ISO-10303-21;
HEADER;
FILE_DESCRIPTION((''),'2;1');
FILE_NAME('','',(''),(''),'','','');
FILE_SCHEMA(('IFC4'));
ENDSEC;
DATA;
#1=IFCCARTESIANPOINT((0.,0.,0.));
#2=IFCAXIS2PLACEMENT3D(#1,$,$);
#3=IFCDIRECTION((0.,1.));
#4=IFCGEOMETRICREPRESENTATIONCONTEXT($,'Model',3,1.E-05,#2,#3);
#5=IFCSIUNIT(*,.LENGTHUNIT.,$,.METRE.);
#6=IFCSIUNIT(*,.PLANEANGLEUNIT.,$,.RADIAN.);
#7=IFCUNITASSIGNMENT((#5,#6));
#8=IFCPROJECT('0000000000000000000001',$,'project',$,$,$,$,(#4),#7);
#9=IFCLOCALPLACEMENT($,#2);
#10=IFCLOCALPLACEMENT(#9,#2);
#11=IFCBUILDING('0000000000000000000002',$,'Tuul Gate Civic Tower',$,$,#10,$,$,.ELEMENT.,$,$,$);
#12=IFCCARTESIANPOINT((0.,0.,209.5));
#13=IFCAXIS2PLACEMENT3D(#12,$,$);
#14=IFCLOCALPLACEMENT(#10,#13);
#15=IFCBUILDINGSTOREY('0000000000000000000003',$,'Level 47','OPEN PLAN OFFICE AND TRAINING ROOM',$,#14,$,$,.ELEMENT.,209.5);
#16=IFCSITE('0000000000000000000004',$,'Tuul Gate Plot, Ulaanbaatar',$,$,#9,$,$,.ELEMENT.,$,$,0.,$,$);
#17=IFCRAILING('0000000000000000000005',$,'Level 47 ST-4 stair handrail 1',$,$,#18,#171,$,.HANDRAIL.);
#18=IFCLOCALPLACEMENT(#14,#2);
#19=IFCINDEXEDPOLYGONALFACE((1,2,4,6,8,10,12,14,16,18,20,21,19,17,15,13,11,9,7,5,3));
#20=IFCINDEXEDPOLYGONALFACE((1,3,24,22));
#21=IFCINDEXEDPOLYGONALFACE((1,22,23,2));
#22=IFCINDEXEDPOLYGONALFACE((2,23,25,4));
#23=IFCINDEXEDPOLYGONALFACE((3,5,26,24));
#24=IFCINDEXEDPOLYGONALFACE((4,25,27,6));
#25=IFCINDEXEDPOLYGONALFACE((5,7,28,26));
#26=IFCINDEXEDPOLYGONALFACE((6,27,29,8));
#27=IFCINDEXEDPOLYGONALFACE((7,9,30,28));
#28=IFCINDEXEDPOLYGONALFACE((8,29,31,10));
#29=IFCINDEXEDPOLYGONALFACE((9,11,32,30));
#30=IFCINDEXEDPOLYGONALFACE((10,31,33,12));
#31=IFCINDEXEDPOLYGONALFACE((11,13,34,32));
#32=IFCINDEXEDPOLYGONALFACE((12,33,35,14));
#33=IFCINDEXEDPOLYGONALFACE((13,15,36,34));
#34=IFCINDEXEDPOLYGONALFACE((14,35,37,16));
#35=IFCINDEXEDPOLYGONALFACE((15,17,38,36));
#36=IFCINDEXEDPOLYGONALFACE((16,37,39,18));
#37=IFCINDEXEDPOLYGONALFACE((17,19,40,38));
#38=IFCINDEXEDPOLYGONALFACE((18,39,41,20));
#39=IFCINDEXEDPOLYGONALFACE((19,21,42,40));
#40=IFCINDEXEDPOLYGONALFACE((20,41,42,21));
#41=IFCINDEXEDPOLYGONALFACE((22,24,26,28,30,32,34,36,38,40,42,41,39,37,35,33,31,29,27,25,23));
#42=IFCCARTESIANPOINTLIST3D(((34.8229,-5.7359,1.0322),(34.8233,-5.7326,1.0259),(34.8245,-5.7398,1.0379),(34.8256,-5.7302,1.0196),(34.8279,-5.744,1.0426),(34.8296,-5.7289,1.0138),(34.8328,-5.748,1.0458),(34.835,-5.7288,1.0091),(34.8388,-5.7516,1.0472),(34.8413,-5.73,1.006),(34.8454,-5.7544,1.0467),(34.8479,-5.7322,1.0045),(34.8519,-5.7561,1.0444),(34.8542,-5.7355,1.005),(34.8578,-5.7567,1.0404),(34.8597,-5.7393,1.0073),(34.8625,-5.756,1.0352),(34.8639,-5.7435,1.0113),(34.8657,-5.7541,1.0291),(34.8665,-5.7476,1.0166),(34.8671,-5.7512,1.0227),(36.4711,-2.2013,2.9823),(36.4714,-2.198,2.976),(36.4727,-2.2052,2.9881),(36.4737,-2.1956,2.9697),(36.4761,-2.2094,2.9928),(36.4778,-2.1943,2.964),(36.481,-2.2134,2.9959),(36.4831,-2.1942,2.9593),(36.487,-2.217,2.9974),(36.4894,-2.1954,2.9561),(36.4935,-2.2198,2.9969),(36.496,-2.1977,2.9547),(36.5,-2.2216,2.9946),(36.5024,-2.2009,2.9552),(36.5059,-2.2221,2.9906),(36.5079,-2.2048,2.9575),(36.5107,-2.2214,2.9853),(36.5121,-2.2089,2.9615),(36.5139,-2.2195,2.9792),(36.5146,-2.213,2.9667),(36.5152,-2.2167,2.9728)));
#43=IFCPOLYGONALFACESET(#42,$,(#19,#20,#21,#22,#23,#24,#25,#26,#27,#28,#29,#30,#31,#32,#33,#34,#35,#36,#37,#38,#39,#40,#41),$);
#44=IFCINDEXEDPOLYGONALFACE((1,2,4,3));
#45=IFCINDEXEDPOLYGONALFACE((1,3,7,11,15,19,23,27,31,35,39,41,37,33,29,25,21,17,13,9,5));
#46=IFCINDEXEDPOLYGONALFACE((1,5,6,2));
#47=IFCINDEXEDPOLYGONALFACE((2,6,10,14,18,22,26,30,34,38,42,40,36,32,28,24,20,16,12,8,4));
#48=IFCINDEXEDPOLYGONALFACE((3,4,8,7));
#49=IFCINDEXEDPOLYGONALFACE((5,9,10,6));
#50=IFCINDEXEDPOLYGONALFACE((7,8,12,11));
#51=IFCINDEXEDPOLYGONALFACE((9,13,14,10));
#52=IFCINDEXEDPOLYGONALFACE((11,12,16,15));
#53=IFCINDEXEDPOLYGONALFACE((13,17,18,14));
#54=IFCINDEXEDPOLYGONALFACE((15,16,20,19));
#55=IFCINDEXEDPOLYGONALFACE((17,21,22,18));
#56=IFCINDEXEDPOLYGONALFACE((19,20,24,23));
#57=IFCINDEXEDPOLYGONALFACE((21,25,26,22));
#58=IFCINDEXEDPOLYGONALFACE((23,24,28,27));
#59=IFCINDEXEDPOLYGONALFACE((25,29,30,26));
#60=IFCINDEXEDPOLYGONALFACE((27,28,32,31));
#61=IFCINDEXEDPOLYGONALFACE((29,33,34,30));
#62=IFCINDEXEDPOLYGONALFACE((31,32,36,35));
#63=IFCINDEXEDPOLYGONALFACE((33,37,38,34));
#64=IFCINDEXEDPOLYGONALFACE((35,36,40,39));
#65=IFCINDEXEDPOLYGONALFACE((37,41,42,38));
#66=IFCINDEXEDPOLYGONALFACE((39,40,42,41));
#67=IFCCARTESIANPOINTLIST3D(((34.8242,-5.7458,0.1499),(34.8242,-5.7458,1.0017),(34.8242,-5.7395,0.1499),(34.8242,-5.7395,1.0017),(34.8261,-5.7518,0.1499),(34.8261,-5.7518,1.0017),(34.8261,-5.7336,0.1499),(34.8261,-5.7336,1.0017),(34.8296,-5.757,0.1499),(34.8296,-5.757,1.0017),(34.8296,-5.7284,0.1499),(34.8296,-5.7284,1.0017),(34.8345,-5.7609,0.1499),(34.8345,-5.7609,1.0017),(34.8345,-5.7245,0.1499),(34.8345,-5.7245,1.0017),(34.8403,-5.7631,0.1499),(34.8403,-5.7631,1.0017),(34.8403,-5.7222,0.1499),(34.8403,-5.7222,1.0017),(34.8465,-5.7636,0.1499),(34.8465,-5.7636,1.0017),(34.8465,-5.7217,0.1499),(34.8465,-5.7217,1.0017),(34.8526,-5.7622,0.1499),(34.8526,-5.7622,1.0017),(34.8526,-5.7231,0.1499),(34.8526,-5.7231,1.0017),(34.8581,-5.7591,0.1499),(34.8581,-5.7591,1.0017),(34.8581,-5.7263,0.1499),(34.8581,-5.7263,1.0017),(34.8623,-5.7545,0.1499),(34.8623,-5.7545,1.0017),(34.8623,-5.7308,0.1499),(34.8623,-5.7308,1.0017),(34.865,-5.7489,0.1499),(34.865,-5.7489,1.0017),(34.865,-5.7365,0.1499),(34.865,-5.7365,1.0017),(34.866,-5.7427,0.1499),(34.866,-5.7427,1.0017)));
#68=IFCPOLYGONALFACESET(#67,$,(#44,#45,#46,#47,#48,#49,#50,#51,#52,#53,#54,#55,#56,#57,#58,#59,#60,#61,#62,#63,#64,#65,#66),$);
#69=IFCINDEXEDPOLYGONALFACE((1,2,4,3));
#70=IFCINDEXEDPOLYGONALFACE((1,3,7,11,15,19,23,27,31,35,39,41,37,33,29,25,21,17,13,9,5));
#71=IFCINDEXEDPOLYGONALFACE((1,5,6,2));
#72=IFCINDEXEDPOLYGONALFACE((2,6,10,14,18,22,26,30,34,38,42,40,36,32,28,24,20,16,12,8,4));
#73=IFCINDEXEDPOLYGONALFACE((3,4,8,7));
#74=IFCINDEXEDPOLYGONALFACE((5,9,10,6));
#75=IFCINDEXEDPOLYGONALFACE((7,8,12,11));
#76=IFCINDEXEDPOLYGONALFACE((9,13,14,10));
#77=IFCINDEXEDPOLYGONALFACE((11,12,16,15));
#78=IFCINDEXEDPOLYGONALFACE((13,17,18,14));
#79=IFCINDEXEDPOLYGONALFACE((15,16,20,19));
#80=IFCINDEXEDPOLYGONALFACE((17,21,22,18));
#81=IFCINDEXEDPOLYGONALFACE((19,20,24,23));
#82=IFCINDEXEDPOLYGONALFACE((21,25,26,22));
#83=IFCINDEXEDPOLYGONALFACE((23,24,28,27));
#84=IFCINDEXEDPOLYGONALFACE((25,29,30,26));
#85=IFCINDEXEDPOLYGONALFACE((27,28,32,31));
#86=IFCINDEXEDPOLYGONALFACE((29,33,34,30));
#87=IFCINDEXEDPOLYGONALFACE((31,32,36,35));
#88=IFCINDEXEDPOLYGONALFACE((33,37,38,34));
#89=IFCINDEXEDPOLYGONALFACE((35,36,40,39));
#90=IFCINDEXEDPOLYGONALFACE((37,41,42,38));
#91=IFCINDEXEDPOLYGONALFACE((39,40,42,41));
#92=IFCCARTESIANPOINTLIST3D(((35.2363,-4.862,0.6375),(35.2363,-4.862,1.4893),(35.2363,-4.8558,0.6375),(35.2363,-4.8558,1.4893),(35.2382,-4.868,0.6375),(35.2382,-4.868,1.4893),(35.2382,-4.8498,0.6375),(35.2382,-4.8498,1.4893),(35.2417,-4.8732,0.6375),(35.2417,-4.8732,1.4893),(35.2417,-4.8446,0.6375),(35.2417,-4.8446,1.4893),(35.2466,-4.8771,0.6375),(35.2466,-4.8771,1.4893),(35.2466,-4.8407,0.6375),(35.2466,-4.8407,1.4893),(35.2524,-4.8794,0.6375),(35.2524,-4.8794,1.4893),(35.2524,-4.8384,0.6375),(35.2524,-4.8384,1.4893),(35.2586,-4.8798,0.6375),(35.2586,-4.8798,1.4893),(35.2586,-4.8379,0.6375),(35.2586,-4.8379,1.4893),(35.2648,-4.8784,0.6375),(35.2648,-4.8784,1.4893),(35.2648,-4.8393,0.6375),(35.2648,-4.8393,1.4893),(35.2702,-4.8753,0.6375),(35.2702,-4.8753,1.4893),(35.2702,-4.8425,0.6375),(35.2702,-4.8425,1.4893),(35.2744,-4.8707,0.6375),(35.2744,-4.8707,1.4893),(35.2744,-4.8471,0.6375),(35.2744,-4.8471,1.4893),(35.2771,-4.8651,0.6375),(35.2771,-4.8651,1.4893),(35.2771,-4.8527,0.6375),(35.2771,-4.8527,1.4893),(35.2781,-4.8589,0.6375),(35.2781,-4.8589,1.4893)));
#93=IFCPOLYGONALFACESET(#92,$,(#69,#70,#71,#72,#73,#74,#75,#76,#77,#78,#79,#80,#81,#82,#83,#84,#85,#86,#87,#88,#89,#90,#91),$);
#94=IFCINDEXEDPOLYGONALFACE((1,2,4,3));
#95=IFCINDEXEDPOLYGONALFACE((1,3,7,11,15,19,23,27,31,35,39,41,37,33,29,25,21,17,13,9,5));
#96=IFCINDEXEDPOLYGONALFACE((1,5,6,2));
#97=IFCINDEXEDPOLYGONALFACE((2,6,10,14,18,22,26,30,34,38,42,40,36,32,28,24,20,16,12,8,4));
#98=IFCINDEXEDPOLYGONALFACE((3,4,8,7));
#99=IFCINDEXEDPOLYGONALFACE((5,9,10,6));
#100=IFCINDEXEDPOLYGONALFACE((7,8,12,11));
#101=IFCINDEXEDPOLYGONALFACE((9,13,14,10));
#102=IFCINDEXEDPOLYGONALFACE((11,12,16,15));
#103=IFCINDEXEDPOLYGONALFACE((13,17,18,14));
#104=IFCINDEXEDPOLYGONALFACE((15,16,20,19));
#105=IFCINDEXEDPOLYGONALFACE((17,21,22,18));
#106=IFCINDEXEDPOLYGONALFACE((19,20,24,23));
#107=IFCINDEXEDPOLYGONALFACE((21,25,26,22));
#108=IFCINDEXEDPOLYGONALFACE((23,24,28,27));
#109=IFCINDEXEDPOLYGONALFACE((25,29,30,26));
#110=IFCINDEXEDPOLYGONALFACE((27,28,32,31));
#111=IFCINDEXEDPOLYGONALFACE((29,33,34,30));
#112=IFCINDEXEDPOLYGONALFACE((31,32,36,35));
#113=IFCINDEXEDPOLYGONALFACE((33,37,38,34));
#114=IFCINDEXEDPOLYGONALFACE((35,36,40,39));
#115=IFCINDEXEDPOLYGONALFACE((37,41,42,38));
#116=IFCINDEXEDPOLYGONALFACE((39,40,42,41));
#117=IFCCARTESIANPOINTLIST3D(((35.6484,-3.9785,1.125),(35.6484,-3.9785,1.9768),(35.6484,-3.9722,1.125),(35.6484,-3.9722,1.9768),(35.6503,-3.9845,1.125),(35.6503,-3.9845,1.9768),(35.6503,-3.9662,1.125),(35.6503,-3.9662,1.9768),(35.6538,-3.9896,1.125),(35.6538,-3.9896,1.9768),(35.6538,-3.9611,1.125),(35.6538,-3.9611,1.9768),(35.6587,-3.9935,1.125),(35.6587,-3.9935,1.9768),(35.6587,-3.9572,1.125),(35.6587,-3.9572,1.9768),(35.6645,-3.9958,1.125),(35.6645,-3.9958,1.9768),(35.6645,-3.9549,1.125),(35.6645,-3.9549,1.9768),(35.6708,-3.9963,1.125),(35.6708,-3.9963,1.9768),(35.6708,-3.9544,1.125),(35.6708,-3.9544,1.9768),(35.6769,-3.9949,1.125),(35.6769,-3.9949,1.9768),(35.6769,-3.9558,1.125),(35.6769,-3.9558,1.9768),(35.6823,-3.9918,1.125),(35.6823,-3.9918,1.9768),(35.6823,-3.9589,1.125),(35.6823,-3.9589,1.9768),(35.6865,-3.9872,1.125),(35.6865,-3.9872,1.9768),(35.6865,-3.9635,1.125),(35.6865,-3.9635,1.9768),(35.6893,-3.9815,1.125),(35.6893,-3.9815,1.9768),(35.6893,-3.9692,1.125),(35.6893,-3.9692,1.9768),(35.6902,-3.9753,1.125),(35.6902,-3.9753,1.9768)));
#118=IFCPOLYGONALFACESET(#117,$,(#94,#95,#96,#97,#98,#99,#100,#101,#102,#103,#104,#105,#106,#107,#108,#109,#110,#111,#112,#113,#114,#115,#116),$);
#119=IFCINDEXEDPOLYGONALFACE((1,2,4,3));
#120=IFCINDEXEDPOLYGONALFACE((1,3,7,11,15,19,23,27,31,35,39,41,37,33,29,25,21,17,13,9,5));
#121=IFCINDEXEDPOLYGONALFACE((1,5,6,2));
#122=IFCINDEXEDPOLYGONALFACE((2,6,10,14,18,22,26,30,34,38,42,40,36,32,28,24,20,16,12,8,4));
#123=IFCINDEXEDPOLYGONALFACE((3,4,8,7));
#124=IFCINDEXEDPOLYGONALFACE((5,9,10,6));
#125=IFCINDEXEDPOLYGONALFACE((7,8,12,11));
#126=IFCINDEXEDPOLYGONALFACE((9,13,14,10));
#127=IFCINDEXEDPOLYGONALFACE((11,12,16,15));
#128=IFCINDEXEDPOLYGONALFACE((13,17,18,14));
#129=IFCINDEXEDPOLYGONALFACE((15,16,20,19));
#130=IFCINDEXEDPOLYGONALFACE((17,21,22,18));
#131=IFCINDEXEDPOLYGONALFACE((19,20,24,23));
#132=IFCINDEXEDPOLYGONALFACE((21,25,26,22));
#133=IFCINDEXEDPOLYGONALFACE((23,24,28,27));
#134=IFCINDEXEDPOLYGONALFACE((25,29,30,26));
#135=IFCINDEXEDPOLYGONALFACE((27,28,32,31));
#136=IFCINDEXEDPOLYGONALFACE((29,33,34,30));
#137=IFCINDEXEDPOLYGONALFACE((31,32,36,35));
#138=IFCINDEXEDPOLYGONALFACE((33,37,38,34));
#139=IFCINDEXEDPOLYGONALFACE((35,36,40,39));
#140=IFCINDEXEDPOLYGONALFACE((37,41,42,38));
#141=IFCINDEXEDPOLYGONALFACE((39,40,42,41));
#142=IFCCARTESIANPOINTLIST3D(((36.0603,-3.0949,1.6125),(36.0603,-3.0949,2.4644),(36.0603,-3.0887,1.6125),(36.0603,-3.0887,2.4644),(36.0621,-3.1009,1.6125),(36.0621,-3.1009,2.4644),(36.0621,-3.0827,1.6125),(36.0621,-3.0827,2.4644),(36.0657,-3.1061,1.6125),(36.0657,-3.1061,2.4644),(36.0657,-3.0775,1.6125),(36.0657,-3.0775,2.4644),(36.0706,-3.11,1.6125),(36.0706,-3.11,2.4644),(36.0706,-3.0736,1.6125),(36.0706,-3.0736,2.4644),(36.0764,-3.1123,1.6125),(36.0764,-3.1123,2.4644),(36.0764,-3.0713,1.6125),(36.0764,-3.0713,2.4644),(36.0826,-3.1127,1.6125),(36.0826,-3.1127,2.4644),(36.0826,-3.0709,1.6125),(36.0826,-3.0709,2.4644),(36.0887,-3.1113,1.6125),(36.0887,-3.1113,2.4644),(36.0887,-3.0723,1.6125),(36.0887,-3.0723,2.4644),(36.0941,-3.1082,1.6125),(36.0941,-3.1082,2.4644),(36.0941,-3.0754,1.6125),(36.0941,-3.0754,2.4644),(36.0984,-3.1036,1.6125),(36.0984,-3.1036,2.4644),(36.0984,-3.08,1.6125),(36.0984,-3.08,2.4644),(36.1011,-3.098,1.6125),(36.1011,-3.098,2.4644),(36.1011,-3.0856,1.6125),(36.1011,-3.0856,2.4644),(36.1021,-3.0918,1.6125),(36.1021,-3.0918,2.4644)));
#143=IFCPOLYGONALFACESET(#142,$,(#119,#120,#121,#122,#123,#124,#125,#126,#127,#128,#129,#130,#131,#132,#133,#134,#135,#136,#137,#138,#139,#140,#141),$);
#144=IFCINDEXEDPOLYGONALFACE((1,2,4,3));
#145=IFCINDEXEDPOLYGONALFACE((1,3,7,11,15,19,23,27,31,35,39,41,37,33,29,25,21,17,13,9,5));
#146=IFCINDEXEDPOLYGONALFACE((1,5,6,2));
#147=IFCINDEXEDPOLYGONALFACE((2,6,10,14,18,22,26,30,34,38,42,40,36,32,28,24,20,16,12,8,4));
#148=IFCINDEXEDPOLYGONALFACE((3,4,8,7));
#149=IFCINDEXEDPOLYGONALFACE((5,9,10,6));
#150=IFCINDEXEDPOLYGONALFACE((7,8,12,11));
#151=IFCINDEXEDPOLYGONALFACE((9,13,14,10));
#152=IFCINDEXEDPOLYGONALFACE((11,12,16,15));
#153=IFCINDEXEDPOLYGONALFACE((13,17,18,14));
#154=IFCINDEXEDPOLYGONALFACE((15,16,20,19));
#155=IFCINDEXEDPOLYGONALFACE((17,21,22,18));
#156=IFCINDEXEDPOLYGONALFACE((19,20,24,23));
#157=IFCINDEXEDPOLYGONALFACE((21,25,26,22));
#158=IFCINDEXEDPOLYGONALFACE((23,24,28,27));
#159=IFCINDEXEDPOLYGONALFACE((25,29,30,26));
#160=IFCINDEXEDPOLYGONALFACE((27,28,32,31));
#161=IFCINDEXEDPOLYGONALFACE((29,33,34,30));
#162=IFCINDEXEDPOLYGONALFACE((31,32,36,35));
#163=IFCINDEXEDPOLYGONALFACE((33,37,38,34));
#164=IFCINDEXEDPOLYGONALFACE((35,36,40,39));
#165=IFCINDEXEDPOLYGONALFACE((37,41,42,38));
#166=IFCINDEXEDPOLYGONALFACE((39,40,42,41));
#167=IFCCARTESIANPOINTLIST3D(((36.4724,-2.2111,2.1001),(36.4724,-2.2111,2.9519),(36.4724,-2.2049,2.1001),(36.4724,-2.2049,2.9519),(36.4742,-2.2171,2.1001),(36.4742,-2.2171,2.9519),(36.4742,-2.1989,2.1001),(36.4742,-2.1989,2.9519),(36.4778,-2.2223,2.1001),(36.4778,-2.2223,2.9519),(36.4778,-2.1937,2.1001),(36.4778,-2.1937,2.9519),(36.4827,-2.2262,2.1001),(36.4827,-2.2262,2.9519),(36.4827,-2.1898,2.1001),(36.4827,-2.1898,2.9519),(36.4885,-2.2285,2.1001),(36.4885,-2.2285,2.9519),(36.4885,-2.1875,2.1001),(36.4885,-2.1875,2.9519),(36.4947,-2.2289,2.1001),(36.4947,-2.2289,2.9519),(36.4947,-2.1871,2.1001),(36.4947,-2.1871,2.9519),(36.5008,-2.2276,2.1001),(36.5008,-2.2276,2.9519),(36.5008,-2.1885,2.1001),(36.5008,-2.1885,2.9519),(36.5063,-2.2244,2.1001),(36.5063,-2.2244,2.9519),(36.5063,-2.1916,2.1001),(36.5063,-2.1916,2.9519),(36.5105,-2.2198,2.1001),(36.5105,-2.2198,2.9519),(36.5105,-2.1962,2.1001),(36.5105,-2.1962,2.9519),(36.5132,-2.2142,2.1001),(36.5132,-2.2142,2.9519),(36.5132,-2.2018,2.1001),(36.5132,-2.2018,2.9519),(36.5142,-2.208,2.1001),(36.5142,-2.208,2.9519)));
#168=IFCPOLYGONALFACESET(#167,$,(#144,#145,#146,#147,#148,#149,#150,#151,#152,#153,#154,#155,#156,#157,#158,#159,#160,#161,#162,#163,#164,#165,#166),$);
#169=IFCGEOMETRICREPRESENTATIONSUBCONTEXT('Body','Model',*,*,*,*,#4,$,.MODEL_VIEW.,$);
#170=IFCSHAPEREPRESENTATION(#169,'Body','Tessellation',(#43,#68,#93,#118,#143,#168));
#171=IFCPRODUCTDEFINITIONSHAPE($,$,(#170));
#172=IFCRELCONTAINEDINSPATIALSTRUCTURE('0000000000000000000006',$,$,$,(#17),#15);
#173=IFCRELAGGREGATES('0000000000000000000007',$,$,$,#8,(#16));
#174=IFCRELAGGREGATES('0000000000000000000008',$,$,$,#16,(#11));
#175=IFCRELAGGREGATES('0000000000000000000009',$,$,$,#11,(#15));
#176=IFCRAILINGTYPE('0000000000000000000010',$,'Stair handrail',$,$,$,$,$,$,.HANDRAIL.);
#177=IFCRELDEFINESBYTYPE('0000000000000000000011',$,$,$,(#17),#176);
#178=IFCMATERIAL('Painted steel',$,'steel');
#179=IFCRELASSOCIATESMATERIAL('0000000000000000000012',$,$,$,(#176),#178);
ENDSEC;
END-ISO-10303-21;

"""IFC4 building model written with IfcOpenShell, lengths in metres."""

from ifc_helpers import new_model, si_unit, direction, frame, origin, origin_2d, place, context, subcontext, project, spatial, circle, extrude, material, type_object, element, save


model = new_model("IFC4")

# Units and contexts
model_context = context("Model", 3, precision=1e-05, world=origin(), true_north=direction((0.0, 1.0)))
body_context = subcontext(model_context, "Body", "Model", "MODEL_VIEW")
ifc_project = project(units=[si_unit("LENGTHUNIT", "METRE"), si_unit("PLANEANGLEUNIT", "RADIAN")], contexts=[model_context])

# Site, building, storey
site_placement = place(None, origin())
site = spatial("IfcSite", under=ifc_project, at=site_placement, Name="Tuul Gate Plot, Ulaanbaatar", CompositionType="ELEMENT", RefElevation=0.0)
building_placement = place(site_placement, origin())
building = spatial("IfcBuilding", under=site, at=building_placement, Name="Tuul Gate Civic Tower", CompositionType="ELEMENT")
storey_placement = place(building_placement, frame((0.0, 0.0, 209.5)))
storey = spatial("IfcBuildingStorey", under=building, at=storey_placement, Name="Level 47", Description="OPEN PLAN OFFICE AND TRAINING ROOM", CompositionType="ELEMENT", Elevation=209.5)

# Railing
ifc_material_1 = material(Name="Painted steel", Category="steel")
railing_type_1 = type_object("IfcRailingType", Name="Stair handrail", PredefinedType="HANDRAIL", material=ifc_material_1)
railing_1_placement = place(storey_placement, frame((34.845, -5.7427, 0.1499)))
element("IfcRailing", 1, at=railing_1_placement, inside=storey, type_object=railing_type_1, Name="Level 47 ST-4 stair handrail 1", PredefinedType="HANDRAIL", context=body_context, shape_type="SweptSolid", body=[
    extrude(circle(Radius=0.0239, at=origin_2d()), frame((0.0, 0.0, 0.876), z_axis=(0.377985, 0.810617, 0.447245), x_axis=(-0.906313, 0.422608, 0.0)), (0.0, 0.0, 1.0), 4.3604),
    extrude(circle(Radius=0.021, at=origin_2d()), origin(), (0.0, 0.0, 1.0), 0.8518),
    extrude(circle(Radius=0.021, at=origin_2d()), frame((0.4121, 0.8838, 0.4875)), (0.0, 0.0, 1.0), 0.8518),
    extrude(circle(Radius=0.021, at=origin_2d()), frame((0.8242, 1.7673, 0.9751)), (0.0, 0.0, 1.0), 0.8518),
    extrude(circle(Radius=0.021, at=origin_2d()), frame((1.2361, 2.6509, 1.4626)), (0.0, 0.0, 1.0), 0.8518),
    extrude(circle(Radius=0.021, at=origin_2d()), frame((1.6482, 3.5347, 1.9502)), (0.0, 0.0, 1.0), 0.8518),
])

save(model, "model.ifc")
